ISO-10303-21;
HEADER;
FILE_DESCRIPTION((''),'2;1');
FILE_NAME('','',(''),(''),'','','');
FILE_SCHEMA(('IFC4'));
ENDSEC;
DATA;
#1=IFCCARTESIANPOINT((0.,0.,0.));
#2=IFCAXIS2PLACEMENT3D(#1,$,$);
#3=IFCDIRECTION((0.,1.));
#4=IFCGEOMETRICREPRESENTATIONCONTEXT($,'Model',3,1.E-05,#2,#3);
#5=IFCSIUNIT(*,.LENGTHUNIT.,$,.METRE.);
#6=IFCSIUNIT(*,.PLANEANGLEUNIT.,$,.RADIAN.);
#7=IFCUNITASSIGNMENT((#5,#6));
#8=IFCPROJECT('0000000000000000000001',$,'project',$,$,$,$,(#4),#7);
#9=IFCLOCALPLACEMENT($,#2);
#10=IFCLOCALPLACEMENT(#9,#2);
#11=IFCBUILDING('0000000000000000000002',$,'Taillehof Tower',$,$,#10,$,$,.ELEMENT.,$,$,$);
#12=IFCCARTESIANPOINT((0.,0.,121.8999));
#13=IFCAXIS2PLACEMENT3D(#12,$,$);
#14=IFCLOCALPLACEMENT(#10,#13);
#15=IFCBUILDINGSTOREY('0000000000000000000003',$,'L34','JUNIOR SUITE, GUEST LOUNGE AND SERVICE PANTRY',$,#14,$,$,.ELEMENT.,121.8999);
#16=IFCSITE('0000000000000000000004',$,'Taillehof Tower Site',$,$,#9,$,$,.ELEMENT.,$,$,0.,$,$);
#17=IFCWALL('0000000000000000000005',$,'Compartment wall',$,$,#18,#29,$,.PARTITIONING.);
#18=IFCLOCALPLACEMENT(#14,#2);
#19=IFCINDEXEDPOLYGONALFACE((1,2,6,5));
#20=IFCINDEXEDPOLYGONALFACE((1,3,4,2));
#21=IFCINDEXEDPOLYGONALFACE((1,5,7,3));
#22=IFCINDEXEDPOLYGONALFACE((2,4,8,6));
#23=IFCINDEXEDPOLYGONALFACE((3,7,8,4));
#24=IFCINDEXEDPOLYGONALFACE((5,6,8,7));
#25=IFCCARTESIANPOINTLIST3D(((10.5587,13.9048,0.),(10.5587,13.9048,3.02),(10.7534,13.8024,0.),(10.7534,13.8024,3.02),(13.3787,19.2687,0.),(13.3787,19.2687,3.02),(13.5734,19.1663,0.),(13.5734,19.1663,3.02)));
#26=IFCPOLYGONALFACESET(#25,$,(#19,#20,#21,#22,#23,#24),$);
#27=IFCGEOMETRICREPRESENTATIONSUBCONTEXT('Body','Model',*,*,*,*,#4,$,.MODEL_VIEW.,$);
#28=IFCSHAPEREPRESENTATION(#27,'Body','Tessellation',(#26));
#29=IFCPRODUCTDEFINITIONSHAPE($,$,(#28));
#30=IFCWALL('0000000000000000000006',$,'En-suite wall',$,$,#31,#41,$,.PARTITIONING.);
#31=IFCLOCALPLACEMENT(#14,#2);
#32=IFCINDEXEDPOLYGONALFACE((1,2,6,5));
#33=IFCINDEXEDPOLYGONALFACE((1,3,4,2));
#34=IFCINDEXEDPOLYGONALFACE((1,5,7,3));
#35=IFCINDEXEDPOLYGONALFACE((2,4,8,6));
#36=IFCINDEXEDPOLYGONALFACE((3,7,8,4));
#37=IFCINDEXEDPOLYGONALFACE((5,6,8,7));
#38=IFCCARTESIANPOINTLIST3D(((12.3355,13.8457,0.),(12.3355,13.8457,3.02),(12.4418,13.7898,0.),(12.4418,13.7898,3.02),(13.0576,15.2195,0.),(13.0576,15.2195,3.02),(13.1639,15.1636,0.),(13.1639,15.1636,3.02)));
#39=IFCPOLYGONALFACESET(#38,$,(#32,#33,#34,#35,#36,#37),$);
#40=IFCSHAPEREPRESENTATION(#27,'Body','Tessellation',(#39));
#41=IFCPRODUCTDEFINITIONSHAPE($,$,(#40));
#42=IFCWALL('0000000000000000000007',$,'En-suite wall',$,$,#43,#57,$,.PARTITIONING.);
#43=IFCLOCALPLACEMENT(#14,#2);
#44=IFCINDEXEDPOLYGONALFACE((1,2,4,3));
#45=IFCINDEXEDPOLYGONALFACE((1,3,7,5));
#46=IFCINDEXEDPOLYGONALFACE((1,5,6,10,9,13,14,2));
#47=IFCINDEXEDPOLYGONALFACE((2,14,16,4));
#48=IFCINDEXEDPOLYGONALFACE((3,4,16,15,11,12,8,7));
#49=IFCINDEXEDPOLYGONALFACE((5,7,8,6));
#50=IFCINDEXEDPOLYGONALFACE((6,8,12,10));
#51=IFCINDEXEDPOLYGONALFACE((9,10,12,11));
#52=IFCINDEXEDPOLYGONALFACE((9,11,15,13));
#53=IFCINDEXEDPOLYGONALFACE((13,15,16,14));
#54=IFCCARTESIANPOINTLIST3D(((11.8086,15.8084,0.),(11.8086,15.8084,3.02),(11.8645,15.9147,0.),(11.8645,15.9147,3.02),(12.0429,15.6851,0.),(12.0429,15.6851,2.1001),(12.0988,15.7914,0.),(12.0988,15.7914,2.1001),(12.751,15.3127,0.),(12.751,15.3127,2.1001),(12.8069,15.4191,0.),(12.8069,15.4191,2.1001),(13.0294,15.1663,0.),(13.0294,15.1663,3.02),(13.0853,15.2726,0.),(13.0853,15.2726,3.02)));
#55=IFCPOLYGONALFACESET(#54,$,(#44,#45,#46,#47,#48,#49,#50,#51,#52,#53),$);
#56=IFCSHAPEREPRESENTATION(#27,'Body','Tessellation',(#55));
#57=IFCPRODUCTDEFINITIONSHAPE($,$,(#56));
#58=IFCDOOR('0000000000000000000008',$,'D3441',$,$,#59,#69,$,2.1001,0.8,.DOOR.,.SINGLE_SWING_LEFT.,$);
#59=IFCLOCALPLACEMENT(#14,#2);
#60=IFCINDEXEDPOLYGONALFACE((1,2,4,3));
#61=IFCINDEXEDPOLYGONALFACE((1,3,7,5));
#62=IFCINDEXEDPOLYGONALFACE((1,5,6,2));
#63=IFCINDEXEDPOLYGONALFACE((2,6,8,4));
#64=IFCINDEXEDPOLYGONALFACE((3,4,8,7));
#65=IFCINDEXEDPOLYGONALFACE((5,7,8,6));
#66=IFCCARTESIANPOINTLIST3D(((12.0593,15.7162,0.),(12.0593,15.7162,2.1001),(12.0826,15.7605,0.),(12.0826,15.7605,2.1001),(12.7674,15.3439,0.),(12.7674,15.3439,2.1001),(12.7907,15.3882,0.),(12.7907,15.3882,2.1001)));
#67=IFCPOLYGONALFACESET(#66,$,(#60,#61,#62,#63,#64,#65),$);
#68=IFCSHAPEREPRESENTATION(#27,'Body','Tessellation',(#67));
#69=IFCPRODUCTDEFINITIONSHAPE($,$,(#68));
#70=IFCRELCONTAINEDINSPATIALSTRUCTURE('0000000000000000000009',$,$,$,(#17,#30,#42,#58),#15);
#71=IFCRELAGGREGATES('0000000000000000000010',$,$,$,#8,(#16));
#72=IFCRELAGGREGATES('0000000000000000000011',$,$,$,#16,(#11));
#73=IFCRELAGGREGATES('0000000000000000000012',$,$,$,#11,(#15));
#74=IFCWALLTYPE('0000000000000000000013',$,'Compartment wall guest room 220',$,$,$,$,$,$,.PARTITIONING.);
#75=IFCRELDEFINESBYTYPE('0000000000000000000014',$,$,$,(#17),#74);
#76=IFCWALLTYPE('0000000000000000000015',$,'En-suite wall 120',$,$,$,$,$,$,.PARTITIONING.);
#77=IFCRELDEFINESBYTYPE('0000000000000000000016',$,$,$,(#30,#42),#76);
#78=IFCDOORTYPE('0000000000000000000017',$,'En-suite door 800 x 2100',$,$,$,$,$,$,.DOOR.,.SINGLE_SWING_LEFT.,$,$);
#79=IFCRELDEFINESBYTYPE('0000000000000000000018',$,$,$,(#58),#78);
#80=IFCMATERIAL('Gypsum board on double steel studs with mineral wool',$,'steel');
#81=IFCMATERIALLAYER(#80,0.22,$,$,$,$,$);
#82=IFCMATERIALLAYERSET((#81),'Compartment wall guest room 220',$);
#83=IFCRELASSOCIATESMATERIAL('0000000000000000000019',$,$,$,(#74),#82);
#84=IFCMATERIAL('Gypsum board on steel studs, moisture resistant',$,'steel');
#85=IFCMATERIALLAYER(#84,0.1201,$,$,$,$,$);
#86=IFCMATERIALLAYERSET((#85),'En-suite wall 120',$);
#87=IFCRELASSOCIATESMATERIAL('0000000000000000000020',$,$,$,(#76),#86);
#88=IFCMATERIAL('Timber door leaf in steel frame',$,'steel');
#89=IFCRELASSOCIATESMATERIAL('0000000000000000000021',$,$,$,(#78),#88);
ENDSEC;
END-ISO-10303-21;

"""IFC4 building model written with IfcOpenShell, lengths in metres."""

from ifc_helpers import new_model, si_unit, direction, frame, frame_2d, origin, place, context, subcontext, project, spatial, rectangle, extrude, material, layer, layer_set, type_object, element, fill, save


model = new_model("IFC4")

# Units and contexts
model_context = context("Model", 3, precision=1e-05, world=origin(), true_north=direction((0.0, 1.0)))
body_context = subcontext(model_context, "Body", "Model", "MODEL_VIEW")
ifc_project = project(units=[si_unit("LENGTHUNIT", "METRE"), si_unit("PLANEANGLEUNIT", "RADIAN")], contexts=[model_context])

# Site, building, storey
site_placement = place(None, origin())
site = spatial("IfcSite", under=ifc_project, at=site_placement, Name="Taillehof Tower Site", CompositionType="ELEMENT", RefElevation=0.0)
building_placement = place(site_placement, origin())
building = spatial("IfcBuilding", under=site, at=building_placement, Name="Taillehof Tower", CompositionType="ELEMENT")
storey_placement = place(building_placement, frame((0.0, 0.0, 121.8999)))
storey = spatial("IfcBuildingStorey", under=building, at=storey_placement, Name="L34", Description="JUNIOR SUITE, GUEST LOUNGE AND SERVICE PANTRY", CompositionType="ELEMENT", Elevation=121.8999)

# Walls
ifc_material_1 = material(Name="Gypsum board on double steel studs with mineral wool", Category="steel")
ifc_layer_1 = layer(ifc_material_1, 0.22)
ifc_layer_set_1 = layer_set([ifc_layer_1], Name="Compartment wall guest room 220")
wall_type_1 = type_object("IfcWallType", Name="Compartment wall guest room 220", PredefinedType="PARTITIONING", material=ifc_layer_set_1)
wall_1_placement = place(storey_placement, frame((13.4761, 19.2175, 0.0), z_axis=(0.0, 0.0, 1.0), x_axis=(-0.465346, -0.885129, 0.0)))
element("IfcWall", 1, at=wall_1_placement, inside=storey, type_object=wall_type_1, Name="Compartment wall", PredefinedType="PARTITIONING", context=body_context, shape_type="SweptSolid", body=[
    extrude(rectangle(XDim=6.0601, YDim=0.22, at=frame_2d((3.03, 0.0))), origin(), (0.0, 0.0, 1.0), 3.02),
])
ifc_material_2 = material(Name="Gypsum board on steel studs, moisture resistant", Category="steel")
ifc_layer_2 = layer(ifc_material_2, 0.1201)
ifc_layer_set_2 = layer_set([ifc_layer_2], Name="En-suite wall 120")
wall_type_2 = type_object("IfcWallType", Name="En-suite wall 120", PredefinedType="PARTITIONING", material=ifc_layer_set_2)
wall_2_placement = place(storey_placement, frame((12.3887, 13.8179, 0.0), z_axis=(0.0, 0.0, 1.0), x_axis=(0.465306, 0.88515, 0.0)))
element("IfcWall", 2, at=wall_2_placement, inside=storey, type_object=wall_type_2, Name="En-suite wall", PredefinedType="PARTITIONING", context=body_context, shape_type="SweptSolid", body=[
    extrude(rectangle(XDim=1.552, YDim=0.1201, at=frame_2d((0.7759, 0.0))), origin(), (0.0, 0.0, 1.0), 3.02),
])

# Wall, opening, door
wall_3_placement = place(storey_placement, frame((13.0574, 15.2195, 0.0), z_axis=(0.0, 0.0, 1.0), x_axis=(-0.885072, 0.465455, 0.0)))
wall_3 = element("IfcWall", 3, at=wall_3_placement, inside=storey, type_object=wall_type_2, Name="En-suite wall", PredefinedType="PARTITIONING", context=body_context, shape_type="SweptSolid", body=[
    extrude(rectangle(XDim=1.3794, YDim=0.1201, at=frame_2d((0.6897, 0.0))), origin(), (0.0, 0.0, 1.0), 3.02),
])
opening_1_placement = place(wall_3_placement, frame((0.3147, 0.0, 0.0)))
opening_1 = element("IfcOpeningElement", 4, at=opening_1_placement, cuts=wall_3, PredefinedType="OPENING", context=body_context, shape_type="SweptSolid", body=[
    extrude(rectangle(XDim=0.8, YDim=2.1001, at=frame_2d((0.3999, 1.05))), frame((0.0, 0.0701, 0.0), z_axis=(0.0, -1.0, 0.0), x_axis=(1.0, 0.0, 0.0)), (0.0, 0.0, 1.0), 0.1401),
])
ifc_material_3 = material(Name="Timber door leaf in steel frame", Category="steel")
door_type_1 = type_object("IfcDoorType", Name="En-suite door 800 x 2100", OperationType="SINGLE_SWING_LEFT", PredefinedType="DOOR", material=ifc_material_3)
door_1_placement = place(opening_1_placement, origin())
door_1 = element("IfcDoor", 5, at=door_1_placement, inside=storey, type_object=door_type_1, Name="D3441", OperationType="SINGLE_SWING_LEFT", OverallHeight=2.1001, OverallWidth=0.8, PredefinedType="DOOR", context=body_context, shape_type="SweptSolid", body=[
    extrude(rectangle(XDim=0.8, YDim=2.1001, at=frame_2d((0.3999, 1.05))), frame((0.0, 0.0249, 0.0), z_axis=(0.0, -1.0, 0.0), x_axis=(1.0, 0.0, 0.0)), (0.0, 0.0, 1.0), 0.05),
])
fill(opening_1, door_1)

save(model, "model.ifc")
